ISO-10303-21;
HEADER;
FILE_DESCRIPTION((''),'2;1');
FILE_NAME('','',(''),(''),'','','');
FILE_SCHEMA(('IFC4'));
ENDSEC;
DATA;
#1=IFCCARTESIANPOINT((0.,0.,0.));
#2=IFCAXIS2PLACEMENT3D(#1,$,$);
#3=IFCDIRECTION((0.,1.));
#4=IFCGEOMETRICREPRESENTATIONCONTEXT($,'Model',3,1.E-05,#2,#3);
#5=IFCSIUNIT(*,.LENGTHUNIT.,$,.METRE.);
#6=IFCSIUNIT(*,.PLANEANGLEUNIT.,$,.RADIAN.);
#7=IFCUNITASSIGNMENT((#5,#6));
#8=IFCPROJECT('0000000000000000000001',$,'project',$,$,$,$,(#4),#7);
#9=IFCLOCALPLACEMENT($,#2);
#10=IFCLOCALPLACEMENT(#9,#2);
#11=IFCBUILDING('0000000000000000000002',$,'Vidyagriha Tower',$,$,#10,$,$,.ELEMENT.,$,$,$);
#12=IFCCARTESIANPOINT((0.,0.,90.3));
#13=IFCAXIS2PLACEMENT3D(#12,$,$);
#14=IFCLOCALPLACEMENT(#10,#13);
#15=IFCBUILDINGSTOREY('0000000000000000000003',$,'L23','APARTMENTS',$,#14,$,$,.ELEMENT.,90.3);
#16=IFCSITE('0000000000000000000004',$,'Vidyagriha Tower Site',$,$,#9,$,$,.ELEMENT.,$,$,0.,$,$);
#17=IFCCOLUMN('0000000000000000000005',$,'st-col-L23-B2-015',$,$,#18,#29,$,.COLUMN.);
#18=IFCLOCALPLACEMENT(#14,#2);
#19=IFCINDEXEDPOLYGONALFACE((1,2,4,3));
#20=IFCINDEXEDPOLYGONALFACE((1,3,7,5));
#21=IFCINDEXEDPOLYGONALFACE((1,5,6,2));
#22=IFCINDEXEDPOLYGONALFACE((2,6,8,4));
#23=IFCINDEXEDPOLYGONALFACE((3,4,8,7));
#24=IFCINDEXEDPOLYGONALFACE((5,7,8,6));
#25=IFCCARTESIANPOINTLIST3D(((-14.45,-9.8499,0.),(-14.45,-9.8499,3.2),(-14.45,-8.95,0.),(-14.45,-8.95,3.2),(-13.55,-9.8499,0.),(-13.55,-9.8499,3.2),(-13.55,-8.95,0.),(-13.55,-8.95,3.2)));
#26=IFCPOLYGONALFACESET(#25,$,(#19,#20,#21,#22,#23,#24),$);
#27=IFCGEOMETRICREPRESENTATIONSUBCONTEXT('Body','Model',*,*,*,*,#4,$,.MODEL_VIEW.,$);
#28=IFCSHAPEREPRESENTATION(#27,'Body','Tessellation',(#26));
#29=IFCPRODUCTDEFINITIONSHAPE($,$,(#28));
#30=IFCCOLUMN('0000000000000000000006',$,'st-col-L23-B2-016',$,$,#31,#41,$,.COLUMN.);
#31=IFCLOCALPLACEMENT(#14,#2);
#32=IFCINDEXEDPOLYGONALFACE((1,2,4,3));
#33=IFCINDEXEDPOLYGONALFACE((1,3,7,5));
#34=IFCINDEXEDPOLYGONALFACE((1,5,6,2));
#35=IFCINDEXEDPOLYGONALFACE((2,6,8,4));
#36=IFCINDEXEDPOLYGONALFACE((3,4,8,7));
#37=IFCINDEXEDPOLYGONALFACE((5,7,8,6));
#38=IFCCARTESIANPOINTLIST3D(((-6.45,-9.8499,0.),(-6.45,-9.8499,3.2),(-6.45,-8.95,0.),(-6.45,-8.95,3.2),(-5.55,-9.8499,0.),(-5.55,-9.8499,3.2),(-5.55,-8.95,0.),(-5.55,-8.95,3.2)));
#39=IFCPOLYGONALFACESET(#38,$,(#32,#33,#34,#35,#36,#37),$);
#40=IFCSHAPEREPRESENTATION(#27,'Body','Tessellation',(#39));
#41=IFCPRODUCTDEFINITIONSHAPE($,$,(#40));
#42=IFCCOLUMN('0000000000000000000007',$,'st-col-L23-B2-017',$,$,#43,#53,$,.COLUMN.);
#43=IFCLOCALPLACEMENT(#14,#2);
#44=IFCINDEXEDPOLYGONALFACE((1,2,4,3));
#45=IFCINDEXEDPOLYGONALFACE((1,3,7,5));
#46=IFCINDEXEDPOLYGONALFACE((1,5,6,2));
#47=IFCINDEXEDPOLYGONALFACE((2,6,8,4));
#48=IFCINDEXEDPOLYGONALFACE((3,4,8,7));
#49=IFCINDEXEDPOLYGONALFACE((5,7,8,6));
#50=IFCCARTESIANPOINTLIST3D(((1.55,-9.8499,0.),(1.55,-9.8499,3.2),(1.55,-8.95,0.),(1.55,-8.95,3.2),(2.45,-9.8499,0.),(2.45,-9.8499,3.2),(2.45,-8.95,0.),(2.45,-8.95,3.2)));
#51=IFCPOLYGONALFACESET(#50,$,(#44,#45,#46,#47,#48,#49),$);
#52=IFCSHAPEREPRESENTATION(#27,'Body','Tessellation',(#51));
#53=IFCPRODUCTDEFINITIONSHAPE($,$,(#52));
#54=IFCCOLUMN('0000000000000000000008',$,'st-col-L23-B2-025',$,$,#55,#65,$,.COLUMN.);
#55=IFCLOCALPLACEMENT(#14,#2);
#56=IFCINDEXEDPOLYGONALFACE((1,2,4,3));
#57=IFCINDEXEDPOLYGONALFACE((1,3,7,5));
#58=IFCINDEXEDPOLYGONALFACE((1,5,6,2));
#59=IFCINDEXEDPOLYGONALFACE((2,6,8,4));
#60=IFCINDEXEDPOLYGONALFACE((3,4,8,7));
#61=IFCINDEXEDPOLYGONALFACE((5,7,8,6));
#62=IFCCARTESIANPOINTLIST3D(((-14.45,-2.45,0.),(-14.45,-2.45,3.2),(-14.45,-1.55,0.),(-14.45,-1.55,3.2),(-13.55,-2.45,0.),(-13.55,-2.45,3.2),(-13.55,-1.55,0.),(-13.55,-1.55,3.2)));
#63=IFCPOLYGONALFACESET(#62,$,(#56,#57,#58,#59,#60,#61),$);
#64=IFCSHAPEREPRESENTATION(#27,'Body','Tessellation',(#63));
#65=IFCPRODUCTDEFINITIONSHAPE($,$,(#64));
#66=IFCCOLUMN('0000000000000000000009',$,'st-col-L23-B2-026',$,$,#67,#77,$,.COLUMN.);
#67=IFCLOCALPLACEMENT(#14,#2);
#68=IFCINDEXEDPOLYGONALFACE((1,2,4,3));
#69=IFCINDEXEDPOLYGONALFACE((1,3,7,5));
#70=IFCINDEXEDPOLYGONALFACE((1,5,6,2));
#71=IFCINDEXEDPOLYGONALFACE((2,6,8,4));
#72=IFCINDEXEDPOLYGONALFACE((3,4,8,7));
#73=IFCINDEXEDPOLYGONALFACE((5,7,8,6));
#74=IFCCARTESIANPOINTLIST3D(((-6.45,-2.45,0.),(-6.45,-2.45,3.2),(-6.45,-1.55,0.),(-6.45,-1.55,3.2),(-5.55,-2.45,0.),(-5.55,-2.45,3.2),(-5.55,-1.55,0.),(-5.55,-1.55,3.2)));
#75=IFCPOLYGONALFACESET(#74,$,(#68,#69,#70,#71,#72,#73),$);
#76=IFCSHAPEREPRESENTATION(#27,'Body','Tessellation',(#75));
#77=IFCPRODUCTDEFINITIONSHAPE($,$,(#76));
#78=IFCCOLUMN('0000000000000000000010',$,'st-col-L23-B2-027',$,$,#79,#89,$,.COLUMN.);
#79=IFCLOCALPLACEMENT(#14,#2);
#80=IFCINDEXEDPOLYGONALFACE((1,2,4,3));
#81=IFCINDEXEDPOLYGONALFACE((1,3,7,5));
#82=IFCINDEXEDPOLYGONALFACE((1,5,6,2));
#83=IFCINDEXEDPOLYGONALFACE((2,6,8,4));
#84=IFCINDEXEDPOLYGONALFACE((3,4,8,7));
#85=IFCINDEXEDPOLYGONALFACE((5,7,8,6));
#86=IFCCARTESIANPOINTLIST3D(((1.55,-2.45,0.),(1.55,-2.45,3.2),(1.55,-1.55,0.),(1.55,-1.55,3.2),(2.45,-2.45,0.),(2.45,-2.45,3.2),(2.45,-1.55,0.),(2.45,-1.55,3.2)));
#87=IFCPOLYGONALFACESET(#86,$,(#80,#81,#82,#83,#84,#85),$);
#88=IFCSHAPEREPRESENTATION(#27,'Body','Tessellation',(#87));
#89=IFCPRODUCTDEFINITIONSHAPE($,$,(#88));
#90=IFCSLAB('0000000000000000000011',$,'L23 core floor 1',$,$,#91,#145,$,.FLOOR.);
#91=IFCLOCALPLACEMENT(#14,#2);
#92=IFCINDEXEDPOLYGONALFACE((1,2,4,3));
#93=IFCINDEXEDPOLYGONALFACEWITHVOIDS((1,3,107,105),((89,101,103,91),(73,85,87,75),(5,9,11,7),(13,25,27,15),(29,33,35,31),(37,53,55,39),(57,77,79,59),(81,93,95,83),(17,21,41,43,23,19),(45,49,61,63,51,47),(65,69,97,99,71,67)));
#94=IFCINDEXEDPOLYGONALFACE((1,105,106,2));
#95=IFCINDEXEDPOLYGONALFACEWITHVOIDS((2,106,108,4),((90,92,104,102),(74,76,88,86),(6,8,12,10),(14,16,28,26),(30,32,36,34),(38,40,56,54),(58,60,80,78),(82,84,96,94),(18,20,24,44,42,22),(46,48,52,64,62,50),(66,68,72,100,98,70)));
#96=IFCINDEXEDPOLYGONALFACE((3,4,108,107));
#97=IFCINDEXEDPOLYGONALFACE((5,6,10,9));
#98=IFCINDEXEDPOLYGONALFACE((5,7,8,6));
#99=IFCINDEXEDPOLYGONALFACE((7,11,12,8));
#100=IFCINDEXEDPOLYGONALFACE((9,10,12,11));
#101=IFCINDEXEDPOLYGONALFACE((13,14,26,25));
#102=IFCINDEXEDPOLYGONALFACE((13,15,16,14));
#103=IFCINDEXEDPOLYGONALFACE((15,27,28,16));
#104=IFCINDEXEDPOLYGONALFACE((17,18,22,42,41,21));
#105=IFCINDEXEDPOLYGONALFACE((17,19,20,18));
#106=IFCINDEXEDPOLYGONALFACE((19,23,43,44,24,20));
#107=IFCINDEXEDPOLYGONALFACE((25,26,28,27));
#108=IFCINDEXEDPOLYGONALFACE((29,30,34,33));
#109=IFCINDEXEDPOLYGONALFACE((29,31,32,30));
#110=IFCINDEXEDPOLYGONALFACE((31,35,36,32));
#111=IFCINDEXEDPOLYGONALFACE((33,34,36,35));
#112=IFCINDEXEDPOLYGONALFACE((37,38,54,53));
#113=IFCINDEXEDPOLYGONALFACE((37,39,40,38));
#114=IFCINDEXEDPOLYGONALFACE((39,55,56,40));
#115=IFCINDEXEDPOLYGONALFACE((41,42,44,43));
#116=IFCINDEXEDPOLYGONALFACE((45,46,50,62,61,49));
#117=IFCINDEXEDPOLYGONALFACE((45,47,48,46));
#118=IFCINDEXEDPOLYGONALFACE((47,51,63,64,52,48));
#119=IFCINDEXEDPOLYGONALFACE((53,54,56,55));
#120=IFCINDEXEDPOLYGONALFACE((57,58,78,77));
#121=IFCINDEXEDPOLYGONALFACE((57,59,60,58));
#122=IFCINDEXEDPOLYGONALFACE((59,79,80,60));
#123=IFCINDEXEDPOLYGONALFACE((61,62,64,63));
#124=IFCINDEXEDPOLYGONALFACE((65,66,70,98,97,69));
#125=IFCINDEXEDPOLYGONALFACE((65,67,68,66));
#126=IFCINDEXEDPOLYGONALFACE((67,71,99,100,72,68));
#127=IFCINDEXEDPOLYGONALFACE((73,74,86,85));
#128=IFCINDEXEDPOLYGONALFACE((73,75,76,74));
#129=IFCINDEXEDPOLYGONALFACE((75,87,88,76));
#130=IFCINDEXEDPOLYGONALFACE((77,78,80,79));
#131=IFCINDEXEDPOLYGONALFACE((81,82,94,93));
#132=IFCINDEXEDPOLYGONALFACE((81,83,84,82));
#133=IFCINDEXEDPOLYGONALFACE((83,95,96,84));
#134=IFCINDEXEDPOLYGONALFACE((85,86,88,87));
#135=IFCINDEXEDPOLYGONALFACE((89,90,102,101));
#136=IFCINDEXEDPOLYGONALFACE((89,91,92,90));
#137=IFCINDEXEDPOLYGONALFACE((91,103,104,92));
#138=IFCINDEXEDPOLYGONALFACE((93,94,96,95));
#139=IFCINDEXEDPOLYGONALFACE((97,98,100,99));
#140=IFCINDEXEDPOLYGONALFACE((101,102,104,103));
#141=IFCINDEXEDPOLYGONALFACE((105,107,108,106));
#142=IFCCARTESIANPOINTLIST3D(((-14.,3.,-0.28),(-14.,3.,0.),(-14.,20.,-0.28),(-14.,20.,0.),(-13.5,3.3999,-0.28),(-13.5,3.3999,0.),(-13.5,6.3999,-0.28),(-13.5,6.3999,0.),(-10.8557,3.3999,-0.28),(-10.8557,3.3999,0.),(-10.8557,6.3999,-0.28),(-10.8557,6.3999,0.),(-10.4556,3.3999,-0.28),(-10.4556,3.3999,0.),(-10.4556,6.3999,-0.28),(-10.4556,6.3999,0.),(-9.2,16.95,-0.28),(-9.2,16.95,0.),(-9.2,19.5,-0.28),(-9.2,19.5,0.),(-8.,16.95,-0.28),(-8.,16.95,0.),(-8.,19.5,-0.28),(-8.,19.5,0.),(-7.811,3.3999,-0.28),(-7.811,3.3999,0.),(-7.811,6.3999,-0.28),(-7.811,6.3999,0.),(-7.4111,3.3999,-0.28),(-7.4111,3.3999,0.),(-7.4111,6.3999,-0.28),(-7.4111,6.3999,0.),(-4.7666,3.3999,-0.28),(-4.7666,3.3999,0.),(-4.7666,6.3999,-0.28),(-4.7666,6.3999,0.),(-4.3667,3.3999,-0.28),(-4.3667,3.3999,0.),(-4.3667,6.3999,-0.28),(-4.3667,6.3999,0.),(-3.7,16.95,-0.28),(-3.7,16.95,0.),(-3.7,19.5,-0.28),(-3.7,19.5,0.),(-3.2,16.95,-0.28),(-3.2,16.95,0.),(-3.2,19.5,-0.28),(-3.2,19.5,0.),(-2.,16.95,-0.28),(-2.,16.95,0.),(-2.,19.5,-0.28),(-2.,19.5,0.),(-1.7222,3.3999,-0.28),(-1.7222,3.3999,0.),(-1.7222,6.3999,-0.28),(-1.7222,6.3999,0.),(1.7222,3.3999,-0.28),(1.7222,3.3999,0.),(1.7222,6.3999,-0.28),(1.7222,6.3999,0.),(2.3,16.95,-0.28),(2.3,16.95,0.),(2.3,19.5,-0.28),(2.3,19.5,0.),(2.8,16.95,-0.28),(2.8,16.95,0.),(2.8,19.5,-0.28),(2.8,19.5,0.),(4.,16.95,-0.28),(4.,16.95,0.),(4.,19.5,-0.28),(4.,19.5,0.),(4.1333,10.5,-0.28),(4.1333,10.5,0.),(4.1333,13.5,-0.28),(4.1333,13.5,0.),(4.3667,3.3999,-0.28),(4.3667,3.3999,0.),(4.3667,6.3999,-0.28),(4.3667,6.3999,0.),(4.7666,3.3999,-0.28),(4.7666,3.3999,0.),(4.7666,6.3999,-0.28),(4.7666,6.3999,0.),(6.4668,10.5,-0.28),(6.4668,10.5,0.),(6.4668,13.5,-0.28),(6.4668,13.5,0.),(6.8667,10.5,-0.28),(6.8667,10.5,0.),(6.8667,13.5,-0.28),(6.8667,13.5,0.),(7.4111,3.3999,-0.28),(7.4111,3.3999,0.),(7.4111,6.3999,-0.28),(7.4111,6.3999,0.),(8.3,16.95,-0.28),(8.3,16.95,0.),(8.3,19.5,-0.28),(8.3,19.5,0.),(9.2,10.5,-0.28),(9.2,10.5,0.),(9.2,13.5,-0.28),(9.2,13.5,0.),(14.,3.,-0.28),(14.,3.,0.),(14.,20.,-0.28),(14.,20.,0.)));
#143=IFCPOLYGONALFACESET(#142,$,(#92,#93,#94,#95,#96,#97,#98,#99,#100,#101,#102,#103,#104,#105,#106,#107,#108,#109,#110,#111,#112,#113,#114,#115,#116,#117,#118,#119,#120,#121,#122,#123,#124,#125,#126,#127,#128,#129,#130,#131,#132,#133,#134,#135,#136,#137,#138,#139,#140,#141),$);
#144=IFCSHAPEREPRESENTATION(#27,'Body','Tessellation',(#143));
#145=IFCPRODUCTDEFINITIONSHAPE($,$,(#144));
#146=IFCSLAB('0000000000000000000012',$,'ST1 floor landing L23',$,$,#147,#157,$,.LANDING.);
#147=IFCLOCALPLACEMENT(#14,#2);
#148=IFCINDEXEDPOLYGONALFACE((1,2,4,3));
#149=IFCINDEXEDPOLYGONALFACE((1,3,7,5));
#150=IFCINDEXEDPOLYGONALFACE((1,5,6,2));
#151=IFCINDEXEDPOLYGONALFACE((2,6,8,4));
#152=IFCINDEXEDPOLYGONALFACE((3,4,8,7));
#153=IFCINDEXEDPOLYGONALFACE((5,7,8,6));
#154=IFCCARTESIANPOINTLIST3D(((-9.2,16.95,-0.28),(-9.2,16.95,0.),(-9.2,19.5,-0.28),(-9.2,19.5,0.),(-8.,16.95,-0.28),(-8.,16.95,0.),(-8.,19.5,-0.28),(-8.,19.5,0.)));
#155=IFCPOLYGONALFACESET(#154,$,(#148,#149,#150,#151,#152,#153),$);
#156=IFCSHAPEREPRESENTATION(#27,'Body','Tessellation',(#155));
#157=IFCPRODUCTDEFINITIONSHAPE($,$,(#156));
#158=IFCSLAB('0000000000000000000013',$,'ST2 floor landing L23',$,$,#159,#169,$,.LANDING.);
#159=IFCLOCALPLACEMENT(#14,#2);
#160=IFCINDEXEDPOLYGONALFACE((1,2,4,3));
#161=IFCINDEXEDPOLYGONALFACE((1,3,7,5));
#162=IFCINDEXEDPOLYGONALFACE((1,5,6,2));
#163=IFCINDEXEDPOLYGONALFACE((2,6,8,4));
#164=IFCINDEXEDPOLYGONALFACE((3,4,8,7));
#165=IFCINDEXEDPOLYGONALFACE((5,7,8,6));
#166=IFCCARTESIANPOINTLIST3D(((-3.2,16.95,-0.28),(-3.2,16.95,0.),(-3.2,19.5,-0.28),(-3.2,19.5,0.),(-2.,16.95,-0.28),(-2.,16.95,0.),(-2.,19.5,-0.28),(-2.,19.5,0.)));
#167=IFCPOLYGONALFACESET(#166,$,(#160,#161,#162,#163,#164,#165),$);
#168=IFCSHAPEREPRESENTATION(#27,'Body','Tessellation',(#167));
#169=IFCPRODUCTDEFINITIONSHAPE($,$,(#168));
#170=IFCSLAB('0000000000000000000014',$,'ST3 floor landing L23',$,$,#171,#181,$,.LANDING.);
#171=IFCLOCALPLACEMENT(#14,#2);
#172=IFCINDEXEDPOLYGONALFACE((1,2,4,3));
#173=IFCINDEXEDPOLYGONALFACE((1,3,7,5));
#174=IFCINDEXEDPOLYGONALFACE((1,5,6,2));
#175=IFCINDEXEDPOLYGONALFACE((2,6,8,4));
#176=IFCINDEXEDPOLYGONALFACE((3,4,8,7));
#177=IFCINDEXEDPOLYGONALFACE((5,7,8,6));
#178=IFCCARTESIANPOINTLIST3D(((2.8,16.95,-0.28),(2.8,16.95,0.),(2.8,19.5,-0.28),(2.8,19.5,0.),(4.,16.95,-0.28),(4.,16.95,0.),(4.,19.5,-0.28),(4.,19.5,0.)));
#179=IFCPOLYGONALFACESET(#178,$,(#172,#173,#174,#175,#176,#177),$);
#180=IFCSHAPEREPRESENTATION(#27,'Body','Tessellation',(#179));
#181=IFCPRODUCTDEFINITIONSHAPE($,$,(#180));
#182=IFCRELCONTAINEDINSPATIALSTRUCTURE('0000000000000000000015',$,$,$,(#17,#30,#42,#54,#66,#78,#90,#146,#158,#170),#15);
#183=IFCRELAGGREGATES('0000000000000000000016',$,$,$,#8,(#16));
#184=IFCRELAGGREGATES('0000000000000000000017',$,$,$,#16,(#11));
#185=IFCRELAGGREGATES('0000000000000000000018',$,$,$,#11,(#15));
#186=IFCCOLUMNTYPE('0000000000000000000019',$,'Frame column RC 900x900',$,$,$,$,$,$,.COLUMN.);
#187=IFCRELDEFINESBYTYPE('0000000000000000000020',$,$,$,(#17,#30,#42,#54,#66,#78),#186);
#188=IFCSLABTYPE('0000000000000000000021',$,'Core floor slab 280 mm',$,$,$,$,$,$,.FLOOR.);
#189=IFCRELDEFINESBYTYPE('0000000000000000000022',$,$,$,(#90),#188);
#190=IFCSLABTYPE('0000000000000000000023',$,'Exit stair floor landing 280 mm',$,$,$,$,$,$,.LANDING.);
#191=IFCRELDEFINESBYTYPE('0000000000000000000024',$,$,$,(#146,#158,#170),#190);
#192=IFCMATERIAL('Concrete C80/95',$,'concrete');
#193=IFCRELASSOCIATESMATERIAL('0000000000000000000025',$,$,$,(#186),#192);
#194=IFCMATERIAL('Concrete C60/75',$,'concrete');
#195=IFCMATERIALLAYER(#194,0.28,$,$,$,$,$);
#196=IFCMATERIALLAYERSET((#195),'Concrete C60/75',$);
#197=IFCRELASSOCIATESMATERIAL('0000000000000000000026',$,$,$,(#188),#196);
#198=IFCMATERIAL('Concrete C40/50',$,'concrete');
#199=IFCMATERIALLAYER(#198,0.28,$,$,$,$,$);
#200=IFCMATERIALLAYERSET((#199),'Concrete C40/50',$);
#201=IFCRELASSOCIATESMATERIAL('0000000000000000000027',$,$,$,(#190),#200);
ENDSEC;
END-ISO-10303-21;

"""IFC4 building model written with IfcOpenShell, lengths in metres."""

from ifc_helpers import new_model, si_unit, direction, frame, origin, origin_2d, place, context, subcontext, project, spatial, polyline, rectangle, outline, extrude, material, layer, layer_set, material_profile, profile_set, type_object, element, save


model = new_model("IFC4")

# Units and contexts
model_context = context("Model", 3, precision=1e-05, world=origin(), true_north=direction((0.0, 1.0)))
body_context = subcontext(model_context, "Body", "Model", "MODEL_VIEW")
ifc_project = project(units=[si_unit("LENGTHUNIT", "METRE"), si_unit("PLANEANGLEUNIT", "RADIAN")], contexts=[model_context])

# Site, building, storey
site_placement = place(None, origin())
site = spatial("IfcSite", under=ifc_project, at=site_placement, Name="Vidyagriha Tower Site", CompositionType="ELEMENT", RefElevation=0.0)
building_placement = place(site_placement, origin())
building = spatial("IfcBuilding", under=site, at=building_placement, Name="Vidyagriha Tower", CompositionType="ELEMENT")
storey_placement = place(building_placement, frame((0.0, 0.0, 90.3)))
storey = spatial("IfcBuildingStorey", under=building, at=storey_placement, Name="L23", Description="APARTMENTS", CompositionType="ELEMENT", Elevation=90.3)

# Columns
ifc_material_1 = material(Name="Concrete C80/95", Category="concrete")
ifc_material_profile = material_profile(ifc_material_1, rectangle(XDim=0.8999, YDim=0.8999, at=origin_2d()), Name="RC 900x900")
ifc_profile_set = profile_set([ifc_material_profile], Name="Concrete C80/95")
column_type = type_object("IfcColumnType", Name="Frame column RC 900x900", PredefinedType="COLUMN", material=ifc_profile_set)
for number, where, name in (
    (1, (-14.0, -9.3999, 0.0), "st-col-L23-B2-015"),
    (2, (-6.0, -9.3999, 0.0), "st-col-L23-B2-016"),
    (3, (2.0, -9.3999, 0.0), "st-col-L23-B2-017"),
    (4, (-14.0, -2.0, 0.0), "st-col-L23-B2-025"),
    (5, (-6.0, -2.0, 0.0), "st-col-L23-B2-026"),
    (6, (2.0, -2.0, 0.0), "st-col-L23-B2-027"),
):
    element("IfcColumn", number, at=place(storey_placement, frame(where)), inside=storey, type_object=column_type, Name=name, PredefinedType="COLUMN", context=body_context, shape_type="SweptSolid", body=[
        extrude(rectangle(XDim=0.8999, YDim=0.8999, at=origin_2d()), origin(), (0.0, 0.0, 1.0), 3.2),
    ])

# Slabs
ifc_material_2 = material(Name="Concrete C60/75", Category="concrete")
ifc_layer_1 = layer(ifc_material_2, 0.28)
ifc_layer_set_1 = layer_set([ifc_layer_1], Name="Concrete C60/75")
slab_type_1 = type_object("IfcSlabType", Name="Core floor slab 280 mm", PredefinedType="FLOOR", material=ifc_layer_set_1)
slab_1_placement = place(storey_placement, frame((0.0, 0.0, -0.28)))
element("IfcSlab", 7, at=slab_1_placement, inside=storey, type_object=slab_type_1, Name="L23 core floor 1", PredefinedType="FLOOR", context=body_context, shape_type="SweptSolid", body=[
    extrude(outline(polyline([(-14.0, 3.0), (-14.0, 20.0), (14.0, 20.0), (14.0, 3.0), (-14.0, 3.0)]), holes=[polyline([(9.2, 13.5), (6.8667, 13.5), (6.8667, 10.5), (9.2, 10.5), (9.2, 13.5)]), polyline([(4.0, 19.5), (2.8, 19.5), (2.8, 16.95), (4.0, 16.95), (8.3, 16.95), (8.3, 19.5), (4.0, 19.5)]), polyline([(7.4111, 6.3999), (4.7666, 6.3999), (4.7666, 3.3999), (7.4111, 3.3999), (7.4111, 6.3999)]), polyline([(6.4668, 13.5), (4.1333, 13.5), (4.1333, 10.5), (6.4668, 10.5), (6.4668, 13.5)]), polyline([(1.7222, 6.3999), (1.7222, 3.3999), (4.3667, 3.3999), (4.3667, 6.3999), (1.7222, 6.3999)]), polyline([(-2.0, 16.95), (2.3, 16.95), (2.3, 19.5), (-2.0, 19.5), (-3.2, 19.5), (-3.2, 16.95), (-2.0, 16.95)]), polyline([(-1.7222, 6.3999), (-4.3667, 6.3999), (-4.3667, 3.3999), (-1.7222, 3.3999), (-1.7222, 6.3999)]), polyline([(-8.0, 19.5), (-9.2, 19.5), (-9.2, 16.95), (-8.0, 16.95), (-3.7, 16.95), (-3.7, 19.5), (-8.0, 19.5)]), polyline([(-4.7666, 6.3999), (-7.4111, 6.3999), (-7.4111, 3.3999), (-4.7666, 3.3999), (-4.7666, 6.3999)]), polyline([(-7.811, 6.3999), (-10.4556, 6.3999), (-10.4556, 3.3999), (-7.811, 3.3999), (-7.811, 6.3999)]), polyline([(-13.5, 6.3999), (-13.5, 3.3999), (-10.8557, 3.3999), (-10.8557, 6.3999), (-13.5, 6.3999)])]), origin(), (0.0, 0.0, 1.0), 0.28),
])
ifc_material_3 = material(Name="Concrete C40/50", Category="concrete")
ifc_layer_2 = layer(ifc_material_3, 0.28)
ifc_layer_set_2 = layer_set([ifc_layer_2], Name="Concrete C40/50")
slab_type_2 = type_object("IfcSlabType", Name="Exit stair floor landing 280 mm", PredefinedType="LANDING", material=ifc_layer_set_2)
slab_2_placement = place(storey_placement, frame((0.0, 0.0, -0.28)))
element("IfcSlab", 8, at=slab_2_placement, inside=storey, type_object=slab_type_2, Name="ST1 floor landing L23", PredefinedType="LANDING", context=body_context, shape_type="SweptSolid", body=[
    extrude(outline(polyline([(-9.2, 16.95), (-8.0, 16.95), (-8.0, 19.5), (-9.2, 19.5), (-9.2, 16.95)])), origin(), (0.0, 0.0, 1.0), 0.28),
])
slab_3_placement = place(storey_placement, frame((0.0, 0.0, -0.28)))
element("IfcSlab", 9, at=slab_3_placement, inside=storey, type_object=slab_type_2, Name="ST2 floor landing L23", PredefinedType="LANDING", context=body_context, shape_type="SweptSolid", body=[
    extrude(outline(polyline([(-3.2, 16.95), (-2.0, 16.95), (-2.0, 19.5), (-3.2, 19.5), (-3.2, 16.95)])), origin(), (0.0, 0.0, 1.0), 0.28),
])
slab_4_placement = place(storey_placement, frame((0.0, 0.0, -0.28)))
element("IfcSlab", 10, at=slab_4_placement, inside=storey, type_object=slab_type_2, Name="ST3 floor landing L23", PredefinedType="LANDING", context=body_context, shape_type="SweptSolid", body=[
    extrude(outline(polyline([(2.8, 16.95), (4.0, 16.95), (4.0, 19.5), (2.8, 19.5), (2.8, 16.95)])), origin(), (0.0, 0.0, 1.0), 0.28),
])

save(model, "model.ifc")
